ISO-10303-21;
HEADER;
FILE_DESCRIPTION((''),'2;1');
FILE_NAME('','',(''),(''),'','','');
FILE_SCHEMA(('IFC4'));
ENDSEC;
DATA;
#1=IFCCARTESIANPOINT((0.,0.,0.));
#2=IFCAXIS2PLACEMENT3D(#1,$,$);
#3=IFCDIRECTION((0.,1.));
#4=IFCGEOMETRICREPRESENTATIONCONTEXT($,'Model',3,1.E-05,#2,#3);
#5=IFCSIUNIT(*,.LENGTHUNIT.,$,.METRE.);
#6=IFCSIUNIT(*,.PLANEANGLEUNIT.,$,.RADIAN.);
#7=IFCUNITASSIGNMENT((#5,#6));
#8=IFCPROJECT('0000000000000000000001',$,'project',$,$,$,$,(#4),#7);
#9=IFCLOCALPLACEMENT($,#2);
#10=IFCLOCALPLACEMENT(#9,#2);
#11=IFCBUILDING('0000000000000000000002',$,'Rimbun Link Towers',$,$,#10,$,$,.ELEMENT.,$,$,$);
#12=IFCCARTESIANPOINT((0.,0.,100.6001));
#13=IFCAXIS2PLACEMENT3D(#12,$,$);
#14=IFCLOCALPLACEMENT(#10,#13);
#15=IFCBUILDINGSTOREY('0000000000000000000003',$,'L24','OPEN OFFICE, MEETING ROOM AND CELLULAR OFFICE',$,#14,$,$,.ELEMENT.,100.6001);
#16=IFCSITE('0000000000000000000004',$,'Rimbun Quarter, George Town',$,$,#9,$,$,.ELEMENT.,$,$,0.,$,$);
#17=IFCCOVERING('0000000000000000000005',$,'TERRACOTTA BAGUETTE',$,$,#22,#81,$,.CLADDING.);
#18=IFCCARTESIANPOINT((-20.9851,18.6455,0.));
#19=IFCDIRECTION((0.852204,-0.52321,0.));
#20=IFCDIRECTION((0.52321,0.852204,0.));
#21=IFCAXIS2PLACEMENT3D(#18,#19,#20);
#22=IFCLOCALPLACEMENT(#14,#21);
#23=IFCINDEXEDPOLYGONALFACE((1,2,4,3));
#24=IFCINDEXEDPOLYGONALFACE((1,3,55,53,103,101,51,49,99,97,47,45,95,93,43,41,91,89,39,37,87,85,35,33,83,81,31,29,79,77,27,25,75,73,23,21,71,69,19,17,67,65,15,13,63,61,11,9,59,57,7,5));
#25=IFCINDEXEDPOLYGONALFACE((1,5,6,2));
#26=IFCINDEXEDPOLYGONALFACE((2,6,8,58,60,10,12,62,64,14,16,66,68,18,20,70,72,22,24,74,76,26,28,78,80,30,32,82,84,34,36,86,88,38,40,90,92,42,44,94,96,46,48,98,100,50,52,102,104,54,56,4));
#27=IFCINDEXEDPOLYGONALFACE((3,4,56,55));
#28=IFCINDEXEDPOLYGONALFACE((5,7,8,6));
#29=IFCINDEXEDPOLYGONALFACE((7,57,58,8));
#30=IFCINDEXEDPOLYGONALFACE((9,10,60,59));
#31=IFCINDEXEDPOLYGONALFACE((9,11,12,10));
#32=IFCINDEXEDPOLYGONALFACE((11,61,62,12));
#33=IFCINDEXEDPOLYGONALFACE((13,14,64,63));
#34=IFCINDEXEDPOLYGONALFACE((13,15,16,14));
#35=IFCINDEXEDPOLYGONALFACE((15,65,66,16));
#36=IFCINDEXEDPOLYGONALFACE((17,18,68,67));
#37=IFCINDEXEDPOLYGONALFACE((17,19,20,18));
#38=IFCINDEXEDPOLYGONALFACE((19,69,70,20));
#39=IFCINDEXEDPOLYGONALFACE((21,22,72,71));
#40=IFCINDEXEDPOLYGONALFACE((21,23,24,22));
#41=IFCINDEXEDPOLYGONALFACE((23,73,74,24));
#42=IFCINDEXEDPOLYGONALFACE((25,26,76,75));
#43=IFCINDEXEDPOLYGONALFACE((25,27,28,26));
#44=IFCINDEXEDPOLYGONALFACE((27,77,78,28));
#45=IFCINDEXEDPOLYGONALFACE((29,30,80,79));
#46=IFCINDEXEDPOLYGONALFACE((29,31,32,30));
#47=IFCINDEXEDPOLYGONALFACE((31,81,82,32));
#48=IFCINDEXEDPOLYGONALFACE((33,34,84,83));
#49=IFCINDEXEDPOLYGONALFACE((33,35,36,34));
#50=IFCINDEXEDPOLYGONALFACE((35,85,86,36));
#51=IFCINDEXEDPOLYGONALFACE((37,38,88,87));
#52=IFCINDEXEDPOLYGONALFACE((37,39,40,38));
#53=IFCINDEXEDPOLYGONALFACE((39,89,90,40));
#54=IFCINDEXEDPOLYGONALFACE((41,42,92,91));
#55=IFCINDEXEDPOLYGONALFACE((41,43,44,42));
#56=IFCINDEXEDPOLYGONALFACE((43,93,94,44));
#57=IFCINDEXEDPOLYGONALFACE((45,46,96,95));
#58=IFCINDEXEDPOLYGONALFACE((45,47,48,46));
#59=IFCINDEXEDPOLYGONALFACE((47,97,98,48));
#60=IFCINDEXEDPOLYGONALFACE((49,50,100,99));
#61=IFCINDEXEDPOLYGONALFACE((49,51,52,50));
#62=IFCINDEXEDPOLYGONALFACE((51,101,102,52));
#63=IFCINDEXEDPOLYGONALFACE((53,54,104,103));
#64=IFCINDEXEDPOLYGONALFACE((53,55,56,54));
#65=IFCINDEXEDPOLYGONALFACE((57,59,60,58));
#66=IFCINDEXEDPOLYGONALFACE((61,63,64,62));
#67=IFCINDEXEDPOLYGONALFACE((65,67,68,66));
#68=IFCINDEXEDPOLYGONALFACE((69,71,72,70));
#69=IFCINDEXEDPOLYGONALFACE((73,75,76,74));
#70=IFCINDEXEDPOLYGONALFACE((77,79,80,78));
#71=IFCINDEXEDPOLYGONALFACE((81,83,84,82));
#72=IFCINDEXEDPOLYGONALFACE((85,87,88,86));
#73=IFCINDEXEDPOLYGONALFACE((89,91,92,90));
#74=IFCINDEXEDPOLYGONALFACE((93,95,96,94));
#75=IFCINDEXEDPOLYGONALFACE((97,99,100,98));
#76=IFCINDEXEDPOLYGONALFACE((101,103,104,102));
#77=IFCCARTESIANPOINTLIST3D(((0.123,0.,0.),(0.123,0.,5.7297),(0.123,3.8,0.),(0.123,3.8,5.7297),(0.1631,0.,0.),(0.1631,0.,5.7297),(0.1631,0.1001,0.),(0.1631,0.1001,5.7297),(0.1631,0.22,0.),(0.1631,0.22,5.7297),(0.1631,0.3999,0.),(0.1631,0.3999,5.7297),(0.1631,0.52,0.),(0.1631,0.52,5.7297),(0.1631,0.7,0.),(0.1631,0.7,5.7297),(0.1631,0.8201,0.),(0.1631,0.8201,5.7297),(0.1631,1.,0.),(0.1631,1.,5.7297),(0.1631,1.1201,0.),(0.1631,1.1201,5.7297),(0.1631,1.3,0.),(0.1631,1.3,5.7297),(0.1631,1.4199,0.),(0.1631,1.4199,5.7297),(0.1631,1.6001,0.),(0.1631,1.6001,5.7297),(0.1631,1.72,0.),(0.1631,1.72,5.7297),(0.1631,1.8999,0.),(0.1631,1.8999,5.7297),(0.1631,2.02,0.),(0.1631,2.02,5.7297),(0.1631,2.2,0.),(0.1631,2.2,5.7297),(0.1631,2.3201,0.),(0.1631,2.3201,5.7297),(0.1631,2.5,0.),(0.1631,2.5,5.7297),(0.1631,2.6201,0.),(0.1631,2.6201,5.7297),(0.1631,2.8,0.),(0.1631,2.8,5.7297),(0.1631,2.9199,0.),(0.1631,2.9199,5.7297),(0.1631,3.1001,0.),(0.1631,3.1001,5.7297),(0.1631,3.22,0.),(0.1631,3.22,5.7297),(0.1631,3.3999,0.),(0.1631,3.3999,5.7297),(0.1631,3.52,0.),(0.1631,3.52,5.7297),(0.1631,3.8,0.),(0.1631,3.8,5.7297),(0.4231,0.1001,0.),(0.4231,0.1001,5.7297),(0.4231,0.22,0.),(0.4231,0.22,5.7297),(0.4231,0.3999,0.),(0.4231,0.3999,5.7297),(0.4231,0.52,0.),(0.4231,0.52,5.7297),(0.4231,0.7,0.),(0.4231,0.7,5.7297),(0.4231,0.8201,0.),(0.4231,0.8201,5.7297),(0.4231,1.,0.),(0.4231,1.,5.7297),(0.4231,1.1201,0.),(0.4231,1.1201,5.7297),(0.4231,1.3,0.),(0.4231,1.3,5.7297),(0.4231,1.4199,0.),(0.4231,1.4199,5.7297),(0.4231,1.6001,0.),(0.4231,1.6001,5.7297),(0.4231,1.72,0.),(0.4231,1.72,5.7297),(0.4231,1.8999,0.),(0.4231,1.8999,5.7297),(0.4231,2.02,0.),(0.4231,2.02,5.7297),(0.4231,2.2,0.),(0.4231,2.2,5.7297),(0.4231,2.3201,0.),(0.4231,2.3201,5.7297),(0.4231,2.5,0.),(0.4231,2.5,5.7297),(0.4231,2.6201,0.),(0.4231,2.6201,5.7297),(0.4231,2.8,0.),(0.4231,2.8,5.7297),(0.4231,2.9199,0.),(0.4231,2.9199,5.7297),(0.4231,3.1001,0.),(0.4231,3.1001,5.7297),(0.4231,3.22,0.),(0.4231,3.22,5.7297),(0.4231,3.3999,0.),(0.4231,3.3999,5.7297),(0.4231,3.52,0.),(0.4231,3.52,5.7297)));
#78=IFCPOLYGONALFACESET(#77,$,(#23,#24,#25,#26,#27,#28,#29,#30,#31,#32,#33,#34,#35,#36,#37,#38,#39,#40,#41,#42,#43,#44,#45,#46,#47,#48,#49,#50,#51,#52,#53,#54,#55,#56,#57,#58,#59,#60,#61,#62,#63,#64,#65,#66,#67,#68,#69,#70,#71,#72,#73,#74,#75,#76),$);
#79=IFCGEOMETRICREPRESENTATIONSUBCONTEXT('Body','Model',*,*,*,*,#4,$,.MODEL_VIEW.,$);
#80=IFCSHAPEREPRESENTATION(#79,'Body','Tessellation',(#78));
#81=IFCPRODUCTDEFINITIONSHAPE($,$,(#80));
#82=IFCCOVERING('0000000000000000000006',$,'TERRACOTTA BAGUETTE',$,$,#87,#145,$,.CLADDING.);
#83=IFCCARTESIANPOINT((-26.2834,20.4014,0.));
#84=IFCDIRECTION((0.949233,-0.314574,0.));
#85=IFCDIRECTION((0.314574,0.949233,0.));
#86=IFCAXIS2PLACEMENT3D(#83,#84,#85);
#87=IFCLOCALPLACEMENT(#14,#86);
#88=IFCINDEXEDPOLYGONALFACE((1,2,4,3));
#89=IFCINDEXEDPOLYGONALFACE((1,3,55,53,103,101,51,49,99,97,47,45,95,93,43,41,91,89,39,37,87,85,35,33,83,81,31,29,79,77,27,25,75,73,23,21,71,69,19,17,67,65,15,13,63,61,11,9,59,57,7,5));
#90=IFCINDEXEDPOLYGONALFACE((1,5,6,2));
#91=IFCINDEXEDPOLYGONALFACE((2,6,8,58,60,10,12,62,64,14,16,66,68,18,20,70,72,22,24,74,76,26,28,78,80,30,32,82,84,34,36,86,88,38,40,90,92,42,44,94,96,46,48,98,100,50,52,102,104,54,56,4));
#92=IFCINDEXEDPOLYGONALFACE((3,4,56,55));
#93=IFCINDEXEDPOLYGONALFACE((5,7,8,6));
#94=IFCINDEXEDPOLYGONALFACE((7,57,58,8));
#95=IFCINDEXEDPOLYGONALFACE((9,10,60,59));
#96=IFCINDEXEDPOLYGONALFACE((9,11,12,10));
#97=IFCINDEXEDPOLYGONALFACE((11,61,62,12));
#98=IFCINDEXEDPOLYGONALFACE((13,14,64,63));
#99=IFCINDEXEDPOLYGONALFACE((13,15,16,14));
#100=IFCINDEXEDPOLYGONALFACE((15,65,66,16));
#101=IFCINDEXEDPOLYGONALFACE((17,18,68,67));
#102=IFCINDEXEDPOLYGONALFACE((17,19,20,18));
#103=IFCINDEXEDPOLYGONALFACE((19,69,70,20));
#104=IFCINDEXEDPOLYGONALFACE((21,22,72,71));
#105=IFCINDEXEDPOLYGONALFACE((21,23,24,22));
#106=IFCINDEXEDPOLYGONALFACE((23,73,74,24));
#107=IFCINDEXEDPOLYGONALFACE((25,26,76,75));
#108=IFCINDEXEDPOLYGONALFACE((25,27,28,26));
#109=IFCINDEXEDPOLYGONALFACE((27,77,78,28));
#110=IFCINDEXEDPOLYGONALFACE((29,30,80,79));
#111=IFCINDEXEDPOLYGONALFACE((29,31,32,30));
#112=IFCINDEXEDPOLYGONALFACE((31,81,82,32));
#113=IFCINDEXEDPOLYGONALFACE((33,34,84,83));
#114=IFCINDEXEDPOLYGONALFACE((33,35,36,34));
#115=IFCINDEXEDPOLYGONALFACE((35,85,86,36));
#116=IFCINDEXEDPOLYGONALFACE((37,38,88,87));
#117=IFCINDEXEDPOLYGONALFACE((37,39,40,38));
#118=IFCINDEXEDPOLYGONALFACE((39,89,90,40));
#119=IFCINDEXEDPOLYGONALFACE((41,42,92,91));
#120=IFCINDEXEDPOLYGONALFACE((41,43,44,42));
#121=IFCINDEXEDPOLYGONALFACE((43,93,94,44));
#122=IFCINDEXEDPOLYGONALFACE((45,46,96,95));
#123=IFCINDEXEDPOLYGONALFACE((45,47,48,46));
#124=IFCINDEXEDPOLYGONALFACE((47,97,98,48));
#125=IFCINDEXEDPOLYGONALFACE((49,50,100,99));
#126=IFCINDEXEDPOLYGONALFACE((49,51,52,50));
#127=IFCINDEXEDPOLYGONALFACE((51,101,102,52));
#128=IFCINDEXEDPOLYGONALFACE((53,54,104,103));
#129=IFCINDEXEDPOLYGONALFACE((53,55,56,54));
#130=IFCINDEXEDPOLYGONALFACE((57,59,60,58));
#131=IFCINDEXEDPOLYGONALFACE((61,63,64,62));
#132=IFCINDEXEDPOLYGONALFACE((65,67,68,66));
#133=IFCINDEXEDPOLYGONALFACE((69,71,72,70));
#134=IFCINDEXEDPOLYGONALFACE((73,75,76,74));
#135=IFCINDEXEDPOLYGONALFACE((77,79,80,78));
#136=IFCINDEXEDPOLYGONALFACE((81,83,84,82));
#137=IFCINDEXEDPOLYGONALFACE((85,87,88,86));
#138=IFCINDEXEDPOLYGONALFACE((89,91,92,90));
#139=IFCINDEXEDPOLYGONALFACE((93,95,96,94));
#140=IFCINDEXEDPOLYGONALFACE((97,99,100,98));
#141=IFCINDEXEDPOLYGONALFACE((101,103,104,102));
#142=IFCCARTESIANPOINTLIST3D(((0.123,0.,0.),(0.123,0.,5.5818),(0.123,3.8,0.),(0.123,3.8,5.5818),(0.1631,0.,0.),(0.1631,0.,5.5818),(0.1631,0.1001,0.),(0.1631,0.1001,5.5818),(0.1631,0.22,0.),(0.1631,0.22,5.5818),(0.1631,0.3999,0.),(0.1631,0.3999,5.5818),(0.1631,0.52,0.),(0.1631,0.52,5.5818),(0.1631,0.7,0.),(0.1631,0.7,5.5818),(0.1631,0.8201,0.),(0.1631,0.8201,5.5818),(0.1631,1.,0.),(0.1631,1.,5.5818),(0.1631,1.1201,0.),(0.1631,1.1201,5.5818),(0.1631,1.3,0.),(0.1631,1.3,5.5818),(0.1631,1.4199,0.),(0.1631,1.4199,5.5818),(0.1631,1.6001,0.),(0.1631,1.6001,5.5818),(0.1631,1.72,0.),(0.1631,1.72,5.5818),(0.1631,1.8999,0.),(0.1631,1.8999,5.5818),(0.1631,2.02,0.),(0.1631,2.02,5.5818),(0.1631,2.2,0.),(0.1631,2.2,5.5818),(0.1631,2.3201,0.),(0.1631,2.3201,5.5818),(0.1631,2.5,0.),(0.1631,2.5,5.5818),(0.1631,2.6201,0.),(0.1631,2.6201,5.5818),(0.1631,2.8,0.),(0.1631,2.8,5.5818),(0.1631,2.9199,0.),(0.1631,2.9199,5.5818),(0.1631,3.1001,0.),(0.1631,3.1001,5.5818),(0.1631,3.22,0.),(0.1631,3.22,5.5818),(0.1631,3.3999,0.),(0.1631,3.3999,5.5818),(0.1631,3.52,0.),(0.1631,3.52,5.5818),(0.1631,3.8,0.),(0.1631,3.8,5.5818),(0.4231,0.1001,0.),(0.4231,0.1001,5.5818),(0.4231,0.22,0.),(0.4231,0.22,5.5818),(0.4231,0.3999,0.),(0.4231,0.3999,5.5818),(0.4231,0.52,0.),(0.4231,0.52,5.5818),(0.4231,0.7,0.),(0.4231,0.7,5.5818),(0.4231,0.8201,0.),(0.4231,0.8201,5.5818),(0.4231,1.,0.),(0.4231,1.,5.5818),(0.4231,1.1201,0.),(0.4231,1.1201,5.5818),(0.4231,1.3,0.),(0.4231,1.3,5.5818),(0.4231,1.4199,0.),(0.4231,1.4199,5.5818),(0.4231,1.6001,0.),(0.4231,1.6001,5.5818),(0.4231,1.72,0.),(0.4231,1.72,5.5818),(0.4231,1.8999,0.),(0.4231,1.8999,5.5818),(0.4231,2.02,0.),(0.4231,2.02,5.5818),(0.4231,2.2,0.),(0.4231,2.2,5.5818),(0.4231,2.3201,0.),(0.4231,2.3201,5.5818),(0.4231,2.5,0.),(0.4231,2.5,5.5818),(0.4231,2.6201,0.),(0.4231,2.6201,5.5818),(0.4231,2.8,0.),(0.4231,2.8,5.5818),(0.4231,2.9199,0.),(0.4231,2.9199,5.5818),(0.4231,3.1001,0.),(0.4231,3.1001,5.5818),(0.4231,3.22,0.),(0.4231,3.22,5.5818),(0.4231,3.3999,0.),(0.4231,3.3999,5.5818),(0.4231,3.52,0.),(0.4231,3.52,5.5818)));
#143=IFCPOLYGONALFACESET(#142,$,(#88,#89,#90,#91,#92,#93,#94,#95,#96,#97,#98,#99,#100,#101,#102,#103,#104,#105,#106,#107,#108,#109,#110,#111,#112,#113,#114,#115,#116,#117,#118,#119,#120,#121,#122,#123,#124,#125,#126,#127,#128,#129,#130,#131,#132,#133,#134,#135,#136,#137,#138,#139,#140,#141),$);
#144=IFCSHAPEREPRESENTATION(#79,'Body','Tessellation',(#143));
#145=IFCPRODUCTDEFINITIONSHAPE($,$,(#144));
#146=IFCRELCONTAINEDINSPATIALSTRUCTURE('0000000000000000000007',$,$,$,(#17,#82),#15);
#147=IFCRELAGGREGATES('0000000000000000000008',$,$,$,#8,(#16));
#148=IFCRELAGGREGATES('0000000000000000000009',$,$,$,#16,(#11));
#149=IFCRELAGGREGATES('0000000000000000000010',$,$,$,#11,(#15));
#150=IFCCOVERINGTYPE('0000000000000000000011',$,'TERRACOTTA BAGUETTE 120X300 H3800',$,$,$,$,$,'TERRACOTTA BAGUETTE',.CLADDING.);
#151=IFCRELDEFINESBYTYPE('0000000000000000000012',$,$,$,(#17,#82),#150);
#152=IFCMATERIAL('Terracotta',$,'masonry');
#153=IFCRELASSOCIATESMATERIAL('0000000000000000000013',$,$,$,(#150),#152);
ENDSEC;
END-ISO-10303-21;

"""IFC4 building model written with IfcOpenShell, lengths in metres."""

from ifc_helpers import new_model, si_unit, direction, frame, origin, place, context, subcontext, project, spatial, polyline, outline, extrude, material, material_profile, profile_set, type_object, element, save


model = new_model("IFC4")

# Units and contexts
model_context = context("Model", 3, precision=1e-05, world=origin(), true_north=direction((0.0, 1.0)))
body_context = subcontext(model_context, "Body", "Model", "MODEL_VIEW")
ifc_project = project(units=[si_unit("LENGTHUNIT", "METRE"), si_unit("PLANEANGLEUNIT", "RADIAN")], contexts=[model_context])

# Site, building, storey
site_placement = place(None, origin())
site = spatial("IfcSite", under=ifc_project, at=site_placement, Name="Rimbun Quarter, George Town", CompositionType="ELEMENT", RefElevation=0.0)
building_placement = place(site_placement, origin())
building = spatial("IfcBuilding", under=site, at=building_placement, Name="Rimbun Link Towers", CompositionType="ELEMENT")
storey_placement = place(building_placement, frame((0.0, 0.0, 100.6001)))
storey = spatial("IfcBuildingStorey", under=building, at=storey_placement, Name="L24", Description="OPEN OFFICE, MEETING ROOM AND CELLULAR OFFICE", CompositionType="ELEMENT", Elevation=100.6001)

# Coverings
ifc_material_1 = material(Name="Terracotta", Category="masonry")
ifc_material_profile_1 = material_profile(ifc_material_1, outline(polyline([(0.123, 0.0), (0.1631, 0.0), (0.1631, 0.1001), (0.4231, 0.1001), (0.4231, 0.22), (0.1631, 0.22), (0.1631, 0.3999), (0.4231, 0.3999), (0.4231, 0.52), (0.1631, 0.52), (0.1631, 0.7), (0.4231, 0.7), (0.4231, 0.8201), (0.1631, 0.8201), (0.1631, 1.0), (0.4231, 1.0), (0.4231, 1.1201), (0.1631, 1.1201), (0.1631, 1.3), (0.4231, 1.3), (0.4231, 1.4199), (0.1631, 1.4199), (0.1631, 1.6001), (0.4231, 1.6001), (0.4231, 1.72), (0.1631, 1.72), (0.1631, 1.8999), (0.4231, 1.8999), (0.4231, 2.02), (0.1631, 2.02), (0.1631, 2.2), (0.4231, 2.2), (0.4231, 2.3201), (0.1631, 2.3201), (0.1631, 2.5), (0.4231, 2.5), (0.4231, 2.6201), (0.1631, 2.6201), (0.1631, 2.8), (0.4231, 2.8), (0.4231, 2.9199), (0.1631, 2.9199), (0.1631, 3.1001), (0.4231, 3.1001), (0.4231, 3.22), (0.1631, 3.22), (0.1631, 3.3999), (0.4231, 3.3999), (0.4231, 3.52), (0.1631, 3.52), (0.1631, 3.8), (0.123, 3.8), (0.123, 0.0)])), Name="BAGUETTE 120X300")
ifc_profile_set_1 = profile_set([ifc_material_profile_1], Name="Terracotta")
covering_type = type_object("IfcCoveringType", Name="TERRACOTTA BAGUETTE 120X300 H3800", ElementType="TERRACOTTA BAGUETTE", PredefinedType="CLADDING", material=ifc_profile_set_1)
covering_1_placement = place(storey_placement, frame((-20.9851, 18.6455, 0.0), z_axis=(0.852204, -0.52321, 0.0), x_axis=(0.52321, 0.852204, 0.0)))
element("IfcCovering", 1, at=covering_1_placement, inside=storey, type_object=covering_type, Name="TERRACOTTA BAGUETTE", PredefinedType="CLADDING", context=body_context, shape_type="SweptSolid", body=[
    extrude(outline(polyline([(0.123, 0.0), (0.1631, 0.0), (0.1631, 0.1001), (0.4231, 0.1001), (0.4231, 0.22), (0.1631, 0.22), (0.1631, 0.3999), (0.4231, 0.3999), (0.4231, 0.52), (0.1631, 0.52), (0.1631, 0.7), (0.4231, 0.7), (0.4231, 0.8201), (0.1631, 0.8201), (0.1631, 1.0), (0.4231, 1.0), (0.4231, 1.1201), (0.1631, 1.1201), (0.1631, 1.3), (0.4231, 1.3), (0.4231, 1.4199), (0.1631, 1.4199), (0.1631, 1.6001), (0.4231, 1.6001), (0.4231, 1.72), (0.1631, 1.72), (0.1631, 1.8999), (0.4231, 1.8999), (0.4231, 2.02), (0.1631, 2.02), (0.1631, 2.2), (0.4231, 2.2), (0.4231, 2.3201), (0.1631, 2.3201), (0.1631, 2.5), (0.4231, 2.5), (0.4231, 2.6201), (0.1631, 2.6201), (0.1631, 2.8), (0.4231, 2.8), (0.4231, 2.9199), (0.1631, 2.9199), (0.1631, 3.1001), (0.4231, 3.1001), (0.4231, 3.22), (0.1631, 3.22), (0.1631, 3.3999), (0.4231, 3.3999), (0.4231, 3.52), (0.1631, 3.52), (0.1631, 3.8), (0.123, 3.8), (0.123, 0.0)])), origin(), (0.0, 0.0, 1.0), 5.7297),
])
covering_2_placement = place(storey_placement, frame((-26.2834, 20.4014, 0.0), z_axis=(0.949233, -0.314574, 0.0), x_axis=(0.314574, 0.949233, 0.0)))
element("IfcCovering", 2, at=covering_2_placement, inside=storey, type_object=covering_type, Name="TERRACOTTA BAGUETTE", PredefinedType="CLADDING", context=body_context, shape_type="SweptSolid", body=[
    extrude(outline(polyline([(0.123, 0.0), (0.1631, 0.0), (0.1631, 0.1001), (0.4231, 0.1001), (0.4231, 0.22), (0.1631, 0.22), (0.1631, 0.3999), (0.4231, 0.3999), (0.4231, 0.52), (0.1631, 0.52), (0.1631, 0.7), (0.4231, 0.7), (0.4231, 0.8201), (0.1631, 0.8201), (0.1631, 1.0), (0.4231, 1.0), (0.4231, 1.1201), (0.1631, 1.1201), (0.1631, 1.3), (0.4231, 1.3), (0.4231, 1.4199), (0.1631, 1.4199), (0.1631, 1.6001), (0.4231, 1.6001), (0.4231, 1.72), (0.1631, 1.72), (0.1631, 1.8999), (0.4231, 1.8999), (0.4231, 2.02), (0.1631, 2.02), (0.1631, 2.2), (0.4231, 2.2), (0.4231, 2.3201), (0.1631, 2.3201), (0.1631, 2.5), (0.4231, 2.5), (0.4231, 2.6201), (0.1631, 2.6201), (0.1631, 2.8), (0.4231, 2.8), (0.4231, 2.9199), (0.1631, 2.9199), (0.1631, 3.1001), (0.4231, 3.1001), (0.4231, 3.22), (0.1631, 3.22), (0.1631, 3.3999), (0.4231, 3.3999), (0.4231, 3.52), (0.1631, 3.52), (0.1631, 3.8), (0.123, 3.8), (0.123, 0.0)])), origin(), (0.0, 0.0, 1.0), 5.5818),
])

save(model, "model.ifc")
